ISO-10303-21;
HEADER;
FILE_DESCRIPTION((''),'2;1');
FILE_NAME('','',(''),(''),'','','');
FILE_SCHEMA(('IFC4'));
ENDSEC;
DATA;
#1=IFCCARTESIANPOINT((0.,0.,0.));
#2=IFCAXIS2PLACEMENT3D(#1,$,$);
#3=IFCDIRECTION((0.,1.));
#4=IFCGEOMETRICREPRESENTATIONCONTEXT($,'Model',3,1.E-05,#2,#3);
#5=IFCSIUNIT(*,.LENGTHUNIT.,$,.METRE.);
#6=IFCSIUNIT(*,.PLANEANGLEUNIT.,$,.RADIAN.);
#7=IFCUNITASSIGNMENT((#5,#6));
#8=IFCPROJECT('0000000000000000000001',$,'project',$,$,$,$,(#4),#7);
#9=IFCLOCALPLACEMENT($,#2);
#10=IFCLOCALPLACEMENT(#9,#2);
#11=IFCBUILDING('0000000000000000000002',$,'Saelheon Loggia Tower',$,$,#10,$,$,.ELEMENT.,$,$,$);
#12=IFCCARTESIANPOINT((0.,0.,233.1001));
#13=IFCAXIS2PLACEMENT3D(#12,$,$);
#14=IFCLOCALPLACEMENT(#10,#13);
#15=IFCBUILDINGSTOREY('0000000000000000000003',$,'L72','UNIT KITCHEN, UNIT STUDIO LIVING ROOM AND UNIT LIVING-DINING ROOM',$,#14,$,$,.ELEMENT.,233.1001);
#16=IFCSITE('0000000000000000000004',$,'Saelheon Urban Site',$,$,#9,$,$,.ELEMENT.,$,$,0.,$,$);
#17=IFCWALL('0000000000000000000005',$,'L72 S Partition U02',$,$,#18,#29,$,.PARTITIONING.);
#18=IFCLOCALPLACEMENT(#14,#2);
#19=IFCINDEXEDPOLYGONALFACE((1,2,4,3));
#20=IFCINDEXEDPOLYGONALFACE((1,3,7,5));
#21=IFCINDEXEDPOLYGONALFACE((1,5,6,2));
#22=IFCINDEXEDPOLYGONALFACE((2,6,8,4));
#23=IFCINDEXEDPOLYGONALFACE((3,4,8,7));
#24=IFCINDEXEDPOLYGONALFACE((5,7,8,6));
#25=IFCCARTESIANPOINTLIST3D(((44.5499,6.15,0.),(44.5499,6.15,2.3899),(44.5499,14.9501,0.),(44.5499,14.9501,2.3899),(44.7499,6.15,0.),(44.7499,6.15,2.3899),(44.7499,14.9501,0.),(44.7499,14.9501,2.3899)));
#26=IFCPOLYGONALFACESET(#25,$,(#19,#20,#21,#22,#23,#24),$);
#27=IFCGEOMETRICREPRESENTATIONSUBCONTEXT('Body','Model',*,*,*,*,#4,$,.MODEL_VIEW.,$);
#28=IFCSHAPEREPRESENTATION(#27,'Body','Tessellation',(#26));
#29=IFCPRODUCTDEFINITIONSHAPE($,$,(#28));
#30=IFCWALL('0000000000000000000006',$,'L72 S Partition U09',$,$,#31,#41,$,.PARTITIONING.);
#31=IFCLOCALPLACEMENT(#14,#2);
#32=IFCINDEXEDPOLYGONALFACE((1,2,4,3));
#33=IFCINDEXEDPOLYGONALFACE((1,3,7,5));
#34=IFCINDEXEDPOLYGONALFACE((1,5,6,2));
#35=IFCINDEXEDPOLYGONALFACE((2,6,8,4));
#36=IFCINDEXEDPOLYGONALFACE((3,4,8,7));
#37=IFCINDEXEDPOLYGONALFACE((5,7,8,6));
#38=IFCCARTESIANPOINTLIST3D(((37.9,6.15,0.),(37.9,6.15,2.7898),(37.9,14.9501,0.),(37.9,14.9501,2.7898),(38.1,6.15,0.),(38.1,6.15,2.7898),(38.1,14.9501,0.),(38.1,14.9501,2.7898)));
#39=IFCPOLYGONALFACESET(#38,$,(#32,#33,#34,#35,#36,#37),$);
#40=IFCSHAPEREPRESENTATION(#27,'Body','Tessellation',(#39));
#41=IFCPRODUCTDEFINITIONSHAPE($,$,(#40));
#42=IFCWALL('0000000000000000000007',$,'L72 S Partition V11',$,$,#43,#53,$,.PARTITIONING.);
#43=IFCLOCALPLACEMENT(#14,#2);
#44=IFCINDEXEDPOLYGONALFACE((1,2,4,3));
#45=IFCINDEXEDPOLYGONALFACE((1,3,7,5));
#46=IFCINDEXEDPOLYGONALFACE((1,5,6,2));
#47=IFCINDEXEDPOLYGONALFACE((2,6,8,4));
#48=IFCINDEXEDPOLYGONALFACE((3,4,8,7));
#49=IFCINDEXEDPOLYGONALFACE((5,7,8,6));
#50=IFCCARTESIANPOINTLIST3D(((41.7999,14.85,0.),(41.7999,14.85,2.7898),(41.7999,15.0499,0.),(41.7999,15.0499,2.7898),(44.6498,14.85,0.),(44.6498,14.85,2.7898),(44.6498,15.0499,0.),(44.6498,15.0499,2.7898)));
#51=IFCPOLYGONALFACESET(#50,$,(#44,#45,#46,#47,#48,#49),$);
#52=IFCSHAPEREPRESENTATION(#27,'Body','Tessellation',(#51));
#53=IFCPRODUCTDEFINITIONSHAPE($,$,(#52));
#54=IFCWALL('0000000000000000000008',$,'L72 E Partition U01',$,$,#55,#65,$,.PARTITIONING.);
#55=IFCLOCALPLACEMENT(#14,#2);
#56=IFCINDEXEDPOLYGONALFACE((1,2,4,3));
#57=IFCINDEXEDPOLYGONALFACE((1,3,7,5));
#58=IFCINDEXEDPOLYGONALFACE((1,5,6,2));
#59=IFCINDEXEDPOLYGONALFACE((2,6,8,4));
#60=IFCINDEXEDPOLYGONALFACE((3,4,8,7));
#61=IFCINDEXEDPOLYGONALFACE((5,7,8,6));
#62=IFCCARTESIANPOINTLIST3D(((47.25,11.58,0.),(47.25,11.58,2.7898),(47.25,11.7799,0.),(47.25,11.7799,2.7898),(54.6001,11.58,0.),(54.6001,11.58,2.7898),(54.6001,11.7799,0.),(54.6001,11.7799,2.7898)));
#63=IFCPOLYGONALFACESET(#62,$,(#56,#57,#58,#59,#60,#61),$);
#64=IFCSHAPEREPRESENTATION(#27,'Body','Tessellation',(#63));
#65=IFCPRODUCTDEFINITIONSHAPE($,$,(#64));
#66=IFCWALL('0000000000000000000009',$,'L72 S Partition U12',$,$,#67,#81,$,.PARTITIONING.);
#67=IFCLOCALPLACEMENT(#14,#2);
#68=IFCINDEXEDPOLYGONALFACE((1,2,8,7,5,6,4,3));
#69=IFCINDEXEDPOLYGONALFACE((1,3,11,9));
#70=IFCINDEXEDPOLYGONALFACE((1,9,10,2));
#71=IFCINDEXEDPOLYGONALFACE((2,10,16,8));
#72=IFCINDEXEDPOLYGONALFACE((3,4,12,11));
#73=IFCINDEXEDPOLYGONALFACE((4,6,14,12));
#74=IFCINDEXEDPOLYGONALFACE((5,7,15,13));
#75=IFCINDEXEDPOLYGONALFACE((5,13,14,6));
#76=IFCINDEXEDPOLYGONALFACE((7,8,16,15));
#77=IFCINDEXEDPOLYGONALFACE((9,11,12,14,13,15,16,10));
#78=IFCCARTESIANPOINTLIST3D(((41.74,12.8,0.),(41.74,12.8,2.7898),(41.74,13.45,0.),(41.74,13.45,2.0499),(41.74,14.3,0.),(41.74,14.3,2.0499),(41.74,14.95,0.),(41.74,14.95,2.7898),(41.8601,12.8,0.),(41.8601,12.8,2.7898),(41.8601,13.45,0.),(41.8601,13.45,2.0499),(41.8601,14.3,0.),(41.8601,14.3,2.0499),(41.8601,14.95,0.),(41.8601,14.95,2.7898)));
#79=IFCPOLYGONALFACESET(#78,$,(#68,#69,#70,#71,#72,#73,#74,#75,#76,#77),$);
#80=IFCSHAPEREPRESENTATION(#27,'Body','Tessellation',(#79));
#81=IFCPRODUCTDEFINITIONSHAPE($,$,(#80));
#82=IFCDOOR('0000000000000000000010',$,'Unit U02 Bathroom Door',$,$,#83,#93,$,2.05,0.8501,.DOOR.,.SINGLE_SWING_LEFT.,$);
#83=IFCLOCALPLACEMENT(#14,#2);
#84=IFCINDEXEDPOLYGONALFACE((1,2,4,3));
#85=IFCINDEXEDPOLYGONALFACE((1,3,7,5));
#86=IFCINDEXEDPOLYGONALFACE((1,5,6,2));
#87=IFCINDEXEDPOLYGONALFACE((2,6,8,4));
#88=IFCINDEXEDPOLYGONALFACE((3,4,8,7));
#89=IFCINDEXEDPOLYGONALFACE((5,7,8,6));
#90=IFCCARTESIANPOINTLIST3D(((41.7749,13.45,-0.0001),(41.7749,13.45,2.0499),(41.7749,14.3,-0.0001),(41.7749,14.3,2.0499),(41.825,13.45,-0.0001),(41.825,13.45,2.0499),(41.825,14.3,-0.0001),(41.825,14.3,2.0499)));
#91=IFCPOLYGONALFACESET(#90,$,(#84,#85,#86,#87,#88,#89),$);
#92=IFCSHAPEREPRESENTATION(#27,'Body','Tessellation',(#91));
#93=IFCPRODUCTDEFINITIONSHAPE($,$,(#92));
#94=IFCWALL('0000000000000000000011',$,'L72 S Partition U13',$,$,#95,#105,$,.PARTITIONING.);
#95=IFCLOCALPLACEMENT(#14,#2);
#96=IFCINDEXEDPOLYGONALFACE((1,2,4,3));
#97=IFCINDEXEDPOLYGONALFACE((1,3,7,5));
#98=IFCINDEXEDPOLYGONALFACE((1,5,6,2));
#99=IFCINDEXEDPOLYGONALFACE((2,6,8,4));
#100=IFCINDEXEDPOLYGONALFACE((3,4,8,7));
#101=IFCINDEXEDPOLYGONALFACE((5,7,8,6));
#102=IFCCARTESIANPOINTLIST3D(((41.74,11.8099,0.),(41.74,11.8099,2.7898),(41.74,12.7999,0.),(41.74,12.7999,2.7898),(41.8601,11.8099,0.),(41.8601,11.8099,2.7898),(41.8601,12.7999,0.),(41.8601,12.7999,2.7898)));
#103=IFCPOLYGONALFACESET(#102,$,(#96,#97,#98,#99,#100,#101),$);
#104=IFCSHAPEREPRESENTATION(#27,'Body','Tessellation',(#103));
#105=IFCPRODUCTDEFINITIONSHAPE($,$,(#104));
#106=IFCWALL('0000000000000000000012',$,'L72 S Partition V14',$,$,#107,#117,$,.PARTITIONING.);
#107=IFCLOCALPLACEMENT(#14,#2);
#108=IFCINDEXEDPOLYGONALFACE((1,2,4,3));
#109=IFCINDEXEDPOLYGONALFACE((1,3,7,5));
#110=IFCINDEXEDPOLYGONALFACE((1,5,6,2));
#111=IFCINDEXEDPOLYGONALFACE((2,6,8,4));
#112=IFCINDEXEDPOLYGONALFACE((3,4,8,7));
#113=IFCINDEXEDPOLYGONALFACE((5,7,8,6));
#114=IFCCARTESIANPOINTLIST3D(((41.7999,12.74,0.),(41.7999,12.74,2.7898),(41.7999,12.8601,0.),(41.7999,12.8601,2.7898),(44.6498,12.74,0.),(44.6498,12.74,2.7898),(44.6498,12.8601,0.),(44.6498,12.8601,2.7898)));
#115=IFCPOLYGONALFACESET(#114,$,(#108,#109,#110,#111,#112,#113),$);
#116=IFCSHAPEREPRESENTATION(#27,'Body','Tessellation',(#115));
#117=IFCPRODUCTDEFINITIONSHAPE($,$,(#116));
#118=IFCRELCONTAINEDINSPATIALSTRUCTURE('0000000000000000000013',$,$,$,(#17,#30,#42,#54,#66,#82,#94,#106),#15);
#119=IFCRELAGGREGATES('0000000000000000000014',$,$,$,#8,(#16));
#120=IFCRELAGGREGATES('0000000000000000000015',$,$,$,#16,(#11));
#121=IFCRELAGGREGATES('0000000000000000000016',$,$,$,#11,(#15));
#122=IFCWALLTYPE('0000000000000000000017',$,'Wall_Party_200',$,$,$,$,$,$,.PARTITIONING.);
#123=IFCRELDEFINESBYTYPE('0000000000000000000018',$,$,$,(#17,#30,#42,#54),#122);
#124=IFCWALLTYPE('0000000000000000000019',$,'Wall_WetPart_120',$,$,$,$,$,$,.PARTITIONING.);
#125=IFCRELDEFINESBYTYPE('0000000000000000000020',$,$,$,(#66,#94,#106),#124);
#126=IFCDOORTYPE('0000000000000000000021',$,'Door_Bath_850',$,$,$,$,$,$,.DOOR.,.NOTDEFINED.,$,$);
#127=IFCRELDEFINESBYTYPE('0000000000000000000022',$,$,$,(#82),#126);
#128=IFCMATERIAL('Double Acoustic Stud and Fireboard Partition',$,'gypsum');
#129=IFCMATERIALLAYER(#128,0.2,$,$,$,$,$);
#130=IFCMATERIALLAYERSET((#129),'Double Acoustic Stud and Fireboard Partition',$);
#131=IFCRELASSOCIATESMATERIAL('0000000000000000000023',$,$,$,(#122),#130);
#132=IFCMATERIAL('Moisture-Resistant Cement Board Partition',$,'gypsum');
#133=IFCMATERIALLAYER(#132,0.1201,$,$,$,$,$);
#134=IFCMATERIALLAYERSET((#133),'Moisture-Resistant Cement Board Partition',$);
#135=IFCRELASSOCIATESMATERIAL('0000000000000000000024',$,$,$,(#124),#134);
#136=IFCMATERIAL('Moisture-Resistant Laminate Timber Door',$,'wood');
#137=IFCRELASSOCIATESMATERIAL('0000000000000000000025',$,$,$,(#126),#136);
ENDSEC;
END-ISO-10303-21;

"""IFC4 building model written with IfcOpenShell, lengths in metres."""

from ifc_helpers import new_model, si_unit, direction, frame, frame_2d, origin, place, context, subcontext, project, spatial, rectangle, extrude, source, transform, mapped, material, layer, layer_set, type_object, element, fill, save


model = new_model("IFC4")

# Units and contexts
model_context = context("Model", 3, precision=1e-05, world=origin(), true_north=direction((0.0, 1.0)))
body_context = subcontext(model_context, "Body", "Model", "MODEL_VIEW")
ifc_project = project(units=[si_unit("LENGTHUNIT", "METRE"), si_unit("PLANEANGLEUNIT", "RADIAN")], contexts=[model_context])

# Site, building, storey
site_placement = place(None, origin())
site = spatial("IfcSite", under=ifc_project, at=site_placement, Name="Saelheon Urban Site", CompositionType="ELEMENT", RefElevation=0.0)
building_placement = place(site_placement, origin())
building = spatial("IfcBuilding", under=site, at=building_placement, Name="Saelheon Loggia Tower", CompositionType="ELEMENT")
storey_placement = place(building_placement, frame((0.0, 0.0, 233.1001)))
storey = spatial("IfcBuildingStorey", under=building, at=storey_placement, Name="L72", Description="UNIT KITCHEN, UNIT STUDIO LIVING ROOM AND UNIT LIVING-DINING ROOM", CompositionType="ELEMENT", Elevation=233.1001)

# Walls
ifc_material_1 = material(Name="Double Acoustic Stud and Fireboard Partition", Category="gypsum")
ifc_layer_1 = layer(ifc_material_1, 0.2)
ifc_layer_set_1 = layer_set([ifc_layer_1], Name="Double Acoustic Stud and Fireboard Partition")
wall_type_1 = type_object("IfcWallType", Name="Wall_Party_200", PredefinedType="PARTITIONING", material=ifc_layer_set_1)
wall_1_placement = place(storey_placement, frame((44.6499, 14.95, 0.0), z_axis=(0.0, 0.0, 1.0), x_axis=(0.0, -1.0, 0.0)))
element("IfcWall", 1, at=wall_1_placement, inside=storey, type_object=wall_type_1, Name="L72 S Partition U02", PredefinedType="PARTITIONING", context=body_context, shape_type="SweptSolid", body=[
    extrude(rectangle(XDim=8.8, YDim=0.2, at=frame_2d((4.3999, 0.0))), origin(), (0.0, 0.0, 1.0), 2.3899),
])
wall_2_placement = place(storey_placement, frame((38.0, 14.95, 0.0), z_axis=(0.0, 0.0, 1.0), x_axis=(0.0, -1.0, 0.0)))
element("IfcWall", 2, at=wall_2_placement, inside=storey, type_object=wall_type_1, Name="L72 S Partition U09", PredefinedType="PARTITIONING", context=body_context, shape_type="SweptSolid", body=[
    extrude(rectangle(XDim=8.8, YDim=0.2, at=frame_2d((4.3999, 0.0))), origin(), (0.0, 0.0, 1.0), 2.7898),
])

# Walls
wall_3_placement = place(storey_placement, frame((41.8, 14.95, 0.0), z_axis=(0.0, 0.0, 1.0), x_axis=(1.0, 0.0, 0.0)))
element("IfcWall", 3, at=wall_3_placement, inside=storey, type_object=wall_type_1, Name="L72 S Partition V11", PredefinedType="PARTITIONING", context=body_context, shape_type="SweptSolid", body=[
    extrude(rectangle(XDim=2.8499, YDim=0.2, at=frame_2d((1.4248, 0.0))), origin(), (0.0, 0.0, 1.0), 2.7898),
])
wall_4_placement = place(storey_placement, frame((47.25, 11.6799, 0.0), z_axis=(0.0, 0.0, 1.0), x_axis=(1.0, 0.0, 0.0)))
element("IfcWall", 4, at=wall_4_placement, inside=storey, type_object=wall_type_1, Name="L72 E Partition U01", PredefinedType="PARTITIONING", context=body_context, shape_type="SweptSolid", body=[
    extrude(rectangle(XDim=7.3501, YDim=0.2, at=frame_2d((3.675, 0.0))), origin(), (0.0, 0.0, 1.0), 2.7898),
])

# Wall, opening, door
ifc_material_2 = material(Name="Moisture-Resistant Cement Board Partition", Category="gypsum")
ifc_layer_2 = layer(ifc_material_2, 0.1201)
ifc_layer_set_2 = layer_set([ifc_layer_2], Name="Moisture-Resistant Cement Board Partition")
wall_type_2 = type_object("IfcWallType", Name="Wall_WetPart_120", PredefinedType="PARTITIONING", material=ifc_layer_set_2)
wall_5_placement = place(storey_placement, frame((41.8, 14.95, 0.0), z_axis=(0.0, 0.0, 1.0), x_axis=(0.0, -1.0, 0.0)))
wall_5 = element("IfcWall", 5, at=wall_5_placement, inside=storey, type_object=wall_type_2, Name="L72 S Partition U12", PredefinedType="PARTITIONING", context=body_context, shape_type="SweptSolid", body=[
    extrude(rectangle(XDim=2.1499, YDim=0.1201, at=frame_2d((1.075, 0.0))), origin(), (0.0, 0.0, 1.0), 2.7898),
])
opening_1_placement = place(wall_5_placement, frame((0.6499, 0.0, 0.0)))
opening_1 = element("IfcOpeningElement", 6, at=opening_1_placement, cuts=wall_5, PredefinedType="OPENING", context=body_context, shape_type="SweptSolid", body=[
    extrude(rectangle(XDim=0.8501, YDim=2.05, at=frame_2d((0.425, 1.0249))), frame((0.0, 0.072, 0.0), z_axis=(0.0, -1.0, 0.0), x_axis=(1.0, 0.0, 0.0)), (0.0, 0.0, 1.0), 0.144),
])
ifc_material_3 = material(Name="Moisture-Resistant Laminate Timber Door", Category="wood")
door_type_1 = type_object("IfcDoorType", Name="Door_Bath_850", OperationType="NOTDEFINED", PredefinedType="DOOR", material=ifc_material_3)
shared_shape_1 = source(origin(), body_context, "Body", "SweptSolid", [
    extrude(rectangle(XDim=0.8501, YDim=2.05, at=frame_2d((0.425, 1.0249))), frame((0.0, 0.0249, 0.0), z_axis=(0.0, -1.0, 0.0), x_axis=(1.0, 0.0, 0.0)), (0.0, 0.0, 1.0), 0.05),
])
door_1_placement = place(opening_1_placement, origin())
door_1 = element("IfcDoor", 7, at=door_1_placement, inside=storey, type_object=door_type_1, Name="Unit U02 Bathroom Door", OperationType="SINGLE_SWING_LEFT", OverallHeight=2.05, OverallWidth=0.8501, PredefinedType="DOOR", context=body_context, shape_type="MappedRepresentation", body=[
    mapped(shared_shape_1, transform((0.0, 0.0, 0.0), scale=1.0)),
])
fill(opening_1, door_1)

# Walls
wall_6_placement = place(storey_placement, frame((41.8, 12.8, 0.0), z_axis=(0.0, 0.0, 1.0), x_axis=(0.0, -1.0, 0.0)))
element("IfcWall", 8, at=wall_6_placement, inside=storey, type_object=wall_type_2, Name="L72 S Partition U13", PredefinedType="PARTITIONING", context=body_context, shape_type="SweptSolid", body=[
    extrude(rectangle(XDim=0.99, YDim=0.1201, at=frame_2d((0.4951, 0.0))), origin(), (0.0, 0.0, 1.0), 2.7898),
])
wall_7_placement = place(storey_placement, frame((41.8, 12.8, 0.0), z_axis=(0.0, 0.0, 1.0), x_axis=(1.0, 0.0, 0.0)))
element("IfcWall", 9, at=wall_7_placement, inside=storey, type_object=wall_type_2, Name="L72 S Partition V14", PredefinedType="PARTITIONING", context=body_context, shape_type="SweptSolid", body=[
    extrude(rectangle(XDim=2.8499, YDim=0.1201, at=frame_2d((1.4248, 0.0))), origin(), (0.0, 0.0, 1.0), 2.7898),
])

save(model, "model.ifc")
